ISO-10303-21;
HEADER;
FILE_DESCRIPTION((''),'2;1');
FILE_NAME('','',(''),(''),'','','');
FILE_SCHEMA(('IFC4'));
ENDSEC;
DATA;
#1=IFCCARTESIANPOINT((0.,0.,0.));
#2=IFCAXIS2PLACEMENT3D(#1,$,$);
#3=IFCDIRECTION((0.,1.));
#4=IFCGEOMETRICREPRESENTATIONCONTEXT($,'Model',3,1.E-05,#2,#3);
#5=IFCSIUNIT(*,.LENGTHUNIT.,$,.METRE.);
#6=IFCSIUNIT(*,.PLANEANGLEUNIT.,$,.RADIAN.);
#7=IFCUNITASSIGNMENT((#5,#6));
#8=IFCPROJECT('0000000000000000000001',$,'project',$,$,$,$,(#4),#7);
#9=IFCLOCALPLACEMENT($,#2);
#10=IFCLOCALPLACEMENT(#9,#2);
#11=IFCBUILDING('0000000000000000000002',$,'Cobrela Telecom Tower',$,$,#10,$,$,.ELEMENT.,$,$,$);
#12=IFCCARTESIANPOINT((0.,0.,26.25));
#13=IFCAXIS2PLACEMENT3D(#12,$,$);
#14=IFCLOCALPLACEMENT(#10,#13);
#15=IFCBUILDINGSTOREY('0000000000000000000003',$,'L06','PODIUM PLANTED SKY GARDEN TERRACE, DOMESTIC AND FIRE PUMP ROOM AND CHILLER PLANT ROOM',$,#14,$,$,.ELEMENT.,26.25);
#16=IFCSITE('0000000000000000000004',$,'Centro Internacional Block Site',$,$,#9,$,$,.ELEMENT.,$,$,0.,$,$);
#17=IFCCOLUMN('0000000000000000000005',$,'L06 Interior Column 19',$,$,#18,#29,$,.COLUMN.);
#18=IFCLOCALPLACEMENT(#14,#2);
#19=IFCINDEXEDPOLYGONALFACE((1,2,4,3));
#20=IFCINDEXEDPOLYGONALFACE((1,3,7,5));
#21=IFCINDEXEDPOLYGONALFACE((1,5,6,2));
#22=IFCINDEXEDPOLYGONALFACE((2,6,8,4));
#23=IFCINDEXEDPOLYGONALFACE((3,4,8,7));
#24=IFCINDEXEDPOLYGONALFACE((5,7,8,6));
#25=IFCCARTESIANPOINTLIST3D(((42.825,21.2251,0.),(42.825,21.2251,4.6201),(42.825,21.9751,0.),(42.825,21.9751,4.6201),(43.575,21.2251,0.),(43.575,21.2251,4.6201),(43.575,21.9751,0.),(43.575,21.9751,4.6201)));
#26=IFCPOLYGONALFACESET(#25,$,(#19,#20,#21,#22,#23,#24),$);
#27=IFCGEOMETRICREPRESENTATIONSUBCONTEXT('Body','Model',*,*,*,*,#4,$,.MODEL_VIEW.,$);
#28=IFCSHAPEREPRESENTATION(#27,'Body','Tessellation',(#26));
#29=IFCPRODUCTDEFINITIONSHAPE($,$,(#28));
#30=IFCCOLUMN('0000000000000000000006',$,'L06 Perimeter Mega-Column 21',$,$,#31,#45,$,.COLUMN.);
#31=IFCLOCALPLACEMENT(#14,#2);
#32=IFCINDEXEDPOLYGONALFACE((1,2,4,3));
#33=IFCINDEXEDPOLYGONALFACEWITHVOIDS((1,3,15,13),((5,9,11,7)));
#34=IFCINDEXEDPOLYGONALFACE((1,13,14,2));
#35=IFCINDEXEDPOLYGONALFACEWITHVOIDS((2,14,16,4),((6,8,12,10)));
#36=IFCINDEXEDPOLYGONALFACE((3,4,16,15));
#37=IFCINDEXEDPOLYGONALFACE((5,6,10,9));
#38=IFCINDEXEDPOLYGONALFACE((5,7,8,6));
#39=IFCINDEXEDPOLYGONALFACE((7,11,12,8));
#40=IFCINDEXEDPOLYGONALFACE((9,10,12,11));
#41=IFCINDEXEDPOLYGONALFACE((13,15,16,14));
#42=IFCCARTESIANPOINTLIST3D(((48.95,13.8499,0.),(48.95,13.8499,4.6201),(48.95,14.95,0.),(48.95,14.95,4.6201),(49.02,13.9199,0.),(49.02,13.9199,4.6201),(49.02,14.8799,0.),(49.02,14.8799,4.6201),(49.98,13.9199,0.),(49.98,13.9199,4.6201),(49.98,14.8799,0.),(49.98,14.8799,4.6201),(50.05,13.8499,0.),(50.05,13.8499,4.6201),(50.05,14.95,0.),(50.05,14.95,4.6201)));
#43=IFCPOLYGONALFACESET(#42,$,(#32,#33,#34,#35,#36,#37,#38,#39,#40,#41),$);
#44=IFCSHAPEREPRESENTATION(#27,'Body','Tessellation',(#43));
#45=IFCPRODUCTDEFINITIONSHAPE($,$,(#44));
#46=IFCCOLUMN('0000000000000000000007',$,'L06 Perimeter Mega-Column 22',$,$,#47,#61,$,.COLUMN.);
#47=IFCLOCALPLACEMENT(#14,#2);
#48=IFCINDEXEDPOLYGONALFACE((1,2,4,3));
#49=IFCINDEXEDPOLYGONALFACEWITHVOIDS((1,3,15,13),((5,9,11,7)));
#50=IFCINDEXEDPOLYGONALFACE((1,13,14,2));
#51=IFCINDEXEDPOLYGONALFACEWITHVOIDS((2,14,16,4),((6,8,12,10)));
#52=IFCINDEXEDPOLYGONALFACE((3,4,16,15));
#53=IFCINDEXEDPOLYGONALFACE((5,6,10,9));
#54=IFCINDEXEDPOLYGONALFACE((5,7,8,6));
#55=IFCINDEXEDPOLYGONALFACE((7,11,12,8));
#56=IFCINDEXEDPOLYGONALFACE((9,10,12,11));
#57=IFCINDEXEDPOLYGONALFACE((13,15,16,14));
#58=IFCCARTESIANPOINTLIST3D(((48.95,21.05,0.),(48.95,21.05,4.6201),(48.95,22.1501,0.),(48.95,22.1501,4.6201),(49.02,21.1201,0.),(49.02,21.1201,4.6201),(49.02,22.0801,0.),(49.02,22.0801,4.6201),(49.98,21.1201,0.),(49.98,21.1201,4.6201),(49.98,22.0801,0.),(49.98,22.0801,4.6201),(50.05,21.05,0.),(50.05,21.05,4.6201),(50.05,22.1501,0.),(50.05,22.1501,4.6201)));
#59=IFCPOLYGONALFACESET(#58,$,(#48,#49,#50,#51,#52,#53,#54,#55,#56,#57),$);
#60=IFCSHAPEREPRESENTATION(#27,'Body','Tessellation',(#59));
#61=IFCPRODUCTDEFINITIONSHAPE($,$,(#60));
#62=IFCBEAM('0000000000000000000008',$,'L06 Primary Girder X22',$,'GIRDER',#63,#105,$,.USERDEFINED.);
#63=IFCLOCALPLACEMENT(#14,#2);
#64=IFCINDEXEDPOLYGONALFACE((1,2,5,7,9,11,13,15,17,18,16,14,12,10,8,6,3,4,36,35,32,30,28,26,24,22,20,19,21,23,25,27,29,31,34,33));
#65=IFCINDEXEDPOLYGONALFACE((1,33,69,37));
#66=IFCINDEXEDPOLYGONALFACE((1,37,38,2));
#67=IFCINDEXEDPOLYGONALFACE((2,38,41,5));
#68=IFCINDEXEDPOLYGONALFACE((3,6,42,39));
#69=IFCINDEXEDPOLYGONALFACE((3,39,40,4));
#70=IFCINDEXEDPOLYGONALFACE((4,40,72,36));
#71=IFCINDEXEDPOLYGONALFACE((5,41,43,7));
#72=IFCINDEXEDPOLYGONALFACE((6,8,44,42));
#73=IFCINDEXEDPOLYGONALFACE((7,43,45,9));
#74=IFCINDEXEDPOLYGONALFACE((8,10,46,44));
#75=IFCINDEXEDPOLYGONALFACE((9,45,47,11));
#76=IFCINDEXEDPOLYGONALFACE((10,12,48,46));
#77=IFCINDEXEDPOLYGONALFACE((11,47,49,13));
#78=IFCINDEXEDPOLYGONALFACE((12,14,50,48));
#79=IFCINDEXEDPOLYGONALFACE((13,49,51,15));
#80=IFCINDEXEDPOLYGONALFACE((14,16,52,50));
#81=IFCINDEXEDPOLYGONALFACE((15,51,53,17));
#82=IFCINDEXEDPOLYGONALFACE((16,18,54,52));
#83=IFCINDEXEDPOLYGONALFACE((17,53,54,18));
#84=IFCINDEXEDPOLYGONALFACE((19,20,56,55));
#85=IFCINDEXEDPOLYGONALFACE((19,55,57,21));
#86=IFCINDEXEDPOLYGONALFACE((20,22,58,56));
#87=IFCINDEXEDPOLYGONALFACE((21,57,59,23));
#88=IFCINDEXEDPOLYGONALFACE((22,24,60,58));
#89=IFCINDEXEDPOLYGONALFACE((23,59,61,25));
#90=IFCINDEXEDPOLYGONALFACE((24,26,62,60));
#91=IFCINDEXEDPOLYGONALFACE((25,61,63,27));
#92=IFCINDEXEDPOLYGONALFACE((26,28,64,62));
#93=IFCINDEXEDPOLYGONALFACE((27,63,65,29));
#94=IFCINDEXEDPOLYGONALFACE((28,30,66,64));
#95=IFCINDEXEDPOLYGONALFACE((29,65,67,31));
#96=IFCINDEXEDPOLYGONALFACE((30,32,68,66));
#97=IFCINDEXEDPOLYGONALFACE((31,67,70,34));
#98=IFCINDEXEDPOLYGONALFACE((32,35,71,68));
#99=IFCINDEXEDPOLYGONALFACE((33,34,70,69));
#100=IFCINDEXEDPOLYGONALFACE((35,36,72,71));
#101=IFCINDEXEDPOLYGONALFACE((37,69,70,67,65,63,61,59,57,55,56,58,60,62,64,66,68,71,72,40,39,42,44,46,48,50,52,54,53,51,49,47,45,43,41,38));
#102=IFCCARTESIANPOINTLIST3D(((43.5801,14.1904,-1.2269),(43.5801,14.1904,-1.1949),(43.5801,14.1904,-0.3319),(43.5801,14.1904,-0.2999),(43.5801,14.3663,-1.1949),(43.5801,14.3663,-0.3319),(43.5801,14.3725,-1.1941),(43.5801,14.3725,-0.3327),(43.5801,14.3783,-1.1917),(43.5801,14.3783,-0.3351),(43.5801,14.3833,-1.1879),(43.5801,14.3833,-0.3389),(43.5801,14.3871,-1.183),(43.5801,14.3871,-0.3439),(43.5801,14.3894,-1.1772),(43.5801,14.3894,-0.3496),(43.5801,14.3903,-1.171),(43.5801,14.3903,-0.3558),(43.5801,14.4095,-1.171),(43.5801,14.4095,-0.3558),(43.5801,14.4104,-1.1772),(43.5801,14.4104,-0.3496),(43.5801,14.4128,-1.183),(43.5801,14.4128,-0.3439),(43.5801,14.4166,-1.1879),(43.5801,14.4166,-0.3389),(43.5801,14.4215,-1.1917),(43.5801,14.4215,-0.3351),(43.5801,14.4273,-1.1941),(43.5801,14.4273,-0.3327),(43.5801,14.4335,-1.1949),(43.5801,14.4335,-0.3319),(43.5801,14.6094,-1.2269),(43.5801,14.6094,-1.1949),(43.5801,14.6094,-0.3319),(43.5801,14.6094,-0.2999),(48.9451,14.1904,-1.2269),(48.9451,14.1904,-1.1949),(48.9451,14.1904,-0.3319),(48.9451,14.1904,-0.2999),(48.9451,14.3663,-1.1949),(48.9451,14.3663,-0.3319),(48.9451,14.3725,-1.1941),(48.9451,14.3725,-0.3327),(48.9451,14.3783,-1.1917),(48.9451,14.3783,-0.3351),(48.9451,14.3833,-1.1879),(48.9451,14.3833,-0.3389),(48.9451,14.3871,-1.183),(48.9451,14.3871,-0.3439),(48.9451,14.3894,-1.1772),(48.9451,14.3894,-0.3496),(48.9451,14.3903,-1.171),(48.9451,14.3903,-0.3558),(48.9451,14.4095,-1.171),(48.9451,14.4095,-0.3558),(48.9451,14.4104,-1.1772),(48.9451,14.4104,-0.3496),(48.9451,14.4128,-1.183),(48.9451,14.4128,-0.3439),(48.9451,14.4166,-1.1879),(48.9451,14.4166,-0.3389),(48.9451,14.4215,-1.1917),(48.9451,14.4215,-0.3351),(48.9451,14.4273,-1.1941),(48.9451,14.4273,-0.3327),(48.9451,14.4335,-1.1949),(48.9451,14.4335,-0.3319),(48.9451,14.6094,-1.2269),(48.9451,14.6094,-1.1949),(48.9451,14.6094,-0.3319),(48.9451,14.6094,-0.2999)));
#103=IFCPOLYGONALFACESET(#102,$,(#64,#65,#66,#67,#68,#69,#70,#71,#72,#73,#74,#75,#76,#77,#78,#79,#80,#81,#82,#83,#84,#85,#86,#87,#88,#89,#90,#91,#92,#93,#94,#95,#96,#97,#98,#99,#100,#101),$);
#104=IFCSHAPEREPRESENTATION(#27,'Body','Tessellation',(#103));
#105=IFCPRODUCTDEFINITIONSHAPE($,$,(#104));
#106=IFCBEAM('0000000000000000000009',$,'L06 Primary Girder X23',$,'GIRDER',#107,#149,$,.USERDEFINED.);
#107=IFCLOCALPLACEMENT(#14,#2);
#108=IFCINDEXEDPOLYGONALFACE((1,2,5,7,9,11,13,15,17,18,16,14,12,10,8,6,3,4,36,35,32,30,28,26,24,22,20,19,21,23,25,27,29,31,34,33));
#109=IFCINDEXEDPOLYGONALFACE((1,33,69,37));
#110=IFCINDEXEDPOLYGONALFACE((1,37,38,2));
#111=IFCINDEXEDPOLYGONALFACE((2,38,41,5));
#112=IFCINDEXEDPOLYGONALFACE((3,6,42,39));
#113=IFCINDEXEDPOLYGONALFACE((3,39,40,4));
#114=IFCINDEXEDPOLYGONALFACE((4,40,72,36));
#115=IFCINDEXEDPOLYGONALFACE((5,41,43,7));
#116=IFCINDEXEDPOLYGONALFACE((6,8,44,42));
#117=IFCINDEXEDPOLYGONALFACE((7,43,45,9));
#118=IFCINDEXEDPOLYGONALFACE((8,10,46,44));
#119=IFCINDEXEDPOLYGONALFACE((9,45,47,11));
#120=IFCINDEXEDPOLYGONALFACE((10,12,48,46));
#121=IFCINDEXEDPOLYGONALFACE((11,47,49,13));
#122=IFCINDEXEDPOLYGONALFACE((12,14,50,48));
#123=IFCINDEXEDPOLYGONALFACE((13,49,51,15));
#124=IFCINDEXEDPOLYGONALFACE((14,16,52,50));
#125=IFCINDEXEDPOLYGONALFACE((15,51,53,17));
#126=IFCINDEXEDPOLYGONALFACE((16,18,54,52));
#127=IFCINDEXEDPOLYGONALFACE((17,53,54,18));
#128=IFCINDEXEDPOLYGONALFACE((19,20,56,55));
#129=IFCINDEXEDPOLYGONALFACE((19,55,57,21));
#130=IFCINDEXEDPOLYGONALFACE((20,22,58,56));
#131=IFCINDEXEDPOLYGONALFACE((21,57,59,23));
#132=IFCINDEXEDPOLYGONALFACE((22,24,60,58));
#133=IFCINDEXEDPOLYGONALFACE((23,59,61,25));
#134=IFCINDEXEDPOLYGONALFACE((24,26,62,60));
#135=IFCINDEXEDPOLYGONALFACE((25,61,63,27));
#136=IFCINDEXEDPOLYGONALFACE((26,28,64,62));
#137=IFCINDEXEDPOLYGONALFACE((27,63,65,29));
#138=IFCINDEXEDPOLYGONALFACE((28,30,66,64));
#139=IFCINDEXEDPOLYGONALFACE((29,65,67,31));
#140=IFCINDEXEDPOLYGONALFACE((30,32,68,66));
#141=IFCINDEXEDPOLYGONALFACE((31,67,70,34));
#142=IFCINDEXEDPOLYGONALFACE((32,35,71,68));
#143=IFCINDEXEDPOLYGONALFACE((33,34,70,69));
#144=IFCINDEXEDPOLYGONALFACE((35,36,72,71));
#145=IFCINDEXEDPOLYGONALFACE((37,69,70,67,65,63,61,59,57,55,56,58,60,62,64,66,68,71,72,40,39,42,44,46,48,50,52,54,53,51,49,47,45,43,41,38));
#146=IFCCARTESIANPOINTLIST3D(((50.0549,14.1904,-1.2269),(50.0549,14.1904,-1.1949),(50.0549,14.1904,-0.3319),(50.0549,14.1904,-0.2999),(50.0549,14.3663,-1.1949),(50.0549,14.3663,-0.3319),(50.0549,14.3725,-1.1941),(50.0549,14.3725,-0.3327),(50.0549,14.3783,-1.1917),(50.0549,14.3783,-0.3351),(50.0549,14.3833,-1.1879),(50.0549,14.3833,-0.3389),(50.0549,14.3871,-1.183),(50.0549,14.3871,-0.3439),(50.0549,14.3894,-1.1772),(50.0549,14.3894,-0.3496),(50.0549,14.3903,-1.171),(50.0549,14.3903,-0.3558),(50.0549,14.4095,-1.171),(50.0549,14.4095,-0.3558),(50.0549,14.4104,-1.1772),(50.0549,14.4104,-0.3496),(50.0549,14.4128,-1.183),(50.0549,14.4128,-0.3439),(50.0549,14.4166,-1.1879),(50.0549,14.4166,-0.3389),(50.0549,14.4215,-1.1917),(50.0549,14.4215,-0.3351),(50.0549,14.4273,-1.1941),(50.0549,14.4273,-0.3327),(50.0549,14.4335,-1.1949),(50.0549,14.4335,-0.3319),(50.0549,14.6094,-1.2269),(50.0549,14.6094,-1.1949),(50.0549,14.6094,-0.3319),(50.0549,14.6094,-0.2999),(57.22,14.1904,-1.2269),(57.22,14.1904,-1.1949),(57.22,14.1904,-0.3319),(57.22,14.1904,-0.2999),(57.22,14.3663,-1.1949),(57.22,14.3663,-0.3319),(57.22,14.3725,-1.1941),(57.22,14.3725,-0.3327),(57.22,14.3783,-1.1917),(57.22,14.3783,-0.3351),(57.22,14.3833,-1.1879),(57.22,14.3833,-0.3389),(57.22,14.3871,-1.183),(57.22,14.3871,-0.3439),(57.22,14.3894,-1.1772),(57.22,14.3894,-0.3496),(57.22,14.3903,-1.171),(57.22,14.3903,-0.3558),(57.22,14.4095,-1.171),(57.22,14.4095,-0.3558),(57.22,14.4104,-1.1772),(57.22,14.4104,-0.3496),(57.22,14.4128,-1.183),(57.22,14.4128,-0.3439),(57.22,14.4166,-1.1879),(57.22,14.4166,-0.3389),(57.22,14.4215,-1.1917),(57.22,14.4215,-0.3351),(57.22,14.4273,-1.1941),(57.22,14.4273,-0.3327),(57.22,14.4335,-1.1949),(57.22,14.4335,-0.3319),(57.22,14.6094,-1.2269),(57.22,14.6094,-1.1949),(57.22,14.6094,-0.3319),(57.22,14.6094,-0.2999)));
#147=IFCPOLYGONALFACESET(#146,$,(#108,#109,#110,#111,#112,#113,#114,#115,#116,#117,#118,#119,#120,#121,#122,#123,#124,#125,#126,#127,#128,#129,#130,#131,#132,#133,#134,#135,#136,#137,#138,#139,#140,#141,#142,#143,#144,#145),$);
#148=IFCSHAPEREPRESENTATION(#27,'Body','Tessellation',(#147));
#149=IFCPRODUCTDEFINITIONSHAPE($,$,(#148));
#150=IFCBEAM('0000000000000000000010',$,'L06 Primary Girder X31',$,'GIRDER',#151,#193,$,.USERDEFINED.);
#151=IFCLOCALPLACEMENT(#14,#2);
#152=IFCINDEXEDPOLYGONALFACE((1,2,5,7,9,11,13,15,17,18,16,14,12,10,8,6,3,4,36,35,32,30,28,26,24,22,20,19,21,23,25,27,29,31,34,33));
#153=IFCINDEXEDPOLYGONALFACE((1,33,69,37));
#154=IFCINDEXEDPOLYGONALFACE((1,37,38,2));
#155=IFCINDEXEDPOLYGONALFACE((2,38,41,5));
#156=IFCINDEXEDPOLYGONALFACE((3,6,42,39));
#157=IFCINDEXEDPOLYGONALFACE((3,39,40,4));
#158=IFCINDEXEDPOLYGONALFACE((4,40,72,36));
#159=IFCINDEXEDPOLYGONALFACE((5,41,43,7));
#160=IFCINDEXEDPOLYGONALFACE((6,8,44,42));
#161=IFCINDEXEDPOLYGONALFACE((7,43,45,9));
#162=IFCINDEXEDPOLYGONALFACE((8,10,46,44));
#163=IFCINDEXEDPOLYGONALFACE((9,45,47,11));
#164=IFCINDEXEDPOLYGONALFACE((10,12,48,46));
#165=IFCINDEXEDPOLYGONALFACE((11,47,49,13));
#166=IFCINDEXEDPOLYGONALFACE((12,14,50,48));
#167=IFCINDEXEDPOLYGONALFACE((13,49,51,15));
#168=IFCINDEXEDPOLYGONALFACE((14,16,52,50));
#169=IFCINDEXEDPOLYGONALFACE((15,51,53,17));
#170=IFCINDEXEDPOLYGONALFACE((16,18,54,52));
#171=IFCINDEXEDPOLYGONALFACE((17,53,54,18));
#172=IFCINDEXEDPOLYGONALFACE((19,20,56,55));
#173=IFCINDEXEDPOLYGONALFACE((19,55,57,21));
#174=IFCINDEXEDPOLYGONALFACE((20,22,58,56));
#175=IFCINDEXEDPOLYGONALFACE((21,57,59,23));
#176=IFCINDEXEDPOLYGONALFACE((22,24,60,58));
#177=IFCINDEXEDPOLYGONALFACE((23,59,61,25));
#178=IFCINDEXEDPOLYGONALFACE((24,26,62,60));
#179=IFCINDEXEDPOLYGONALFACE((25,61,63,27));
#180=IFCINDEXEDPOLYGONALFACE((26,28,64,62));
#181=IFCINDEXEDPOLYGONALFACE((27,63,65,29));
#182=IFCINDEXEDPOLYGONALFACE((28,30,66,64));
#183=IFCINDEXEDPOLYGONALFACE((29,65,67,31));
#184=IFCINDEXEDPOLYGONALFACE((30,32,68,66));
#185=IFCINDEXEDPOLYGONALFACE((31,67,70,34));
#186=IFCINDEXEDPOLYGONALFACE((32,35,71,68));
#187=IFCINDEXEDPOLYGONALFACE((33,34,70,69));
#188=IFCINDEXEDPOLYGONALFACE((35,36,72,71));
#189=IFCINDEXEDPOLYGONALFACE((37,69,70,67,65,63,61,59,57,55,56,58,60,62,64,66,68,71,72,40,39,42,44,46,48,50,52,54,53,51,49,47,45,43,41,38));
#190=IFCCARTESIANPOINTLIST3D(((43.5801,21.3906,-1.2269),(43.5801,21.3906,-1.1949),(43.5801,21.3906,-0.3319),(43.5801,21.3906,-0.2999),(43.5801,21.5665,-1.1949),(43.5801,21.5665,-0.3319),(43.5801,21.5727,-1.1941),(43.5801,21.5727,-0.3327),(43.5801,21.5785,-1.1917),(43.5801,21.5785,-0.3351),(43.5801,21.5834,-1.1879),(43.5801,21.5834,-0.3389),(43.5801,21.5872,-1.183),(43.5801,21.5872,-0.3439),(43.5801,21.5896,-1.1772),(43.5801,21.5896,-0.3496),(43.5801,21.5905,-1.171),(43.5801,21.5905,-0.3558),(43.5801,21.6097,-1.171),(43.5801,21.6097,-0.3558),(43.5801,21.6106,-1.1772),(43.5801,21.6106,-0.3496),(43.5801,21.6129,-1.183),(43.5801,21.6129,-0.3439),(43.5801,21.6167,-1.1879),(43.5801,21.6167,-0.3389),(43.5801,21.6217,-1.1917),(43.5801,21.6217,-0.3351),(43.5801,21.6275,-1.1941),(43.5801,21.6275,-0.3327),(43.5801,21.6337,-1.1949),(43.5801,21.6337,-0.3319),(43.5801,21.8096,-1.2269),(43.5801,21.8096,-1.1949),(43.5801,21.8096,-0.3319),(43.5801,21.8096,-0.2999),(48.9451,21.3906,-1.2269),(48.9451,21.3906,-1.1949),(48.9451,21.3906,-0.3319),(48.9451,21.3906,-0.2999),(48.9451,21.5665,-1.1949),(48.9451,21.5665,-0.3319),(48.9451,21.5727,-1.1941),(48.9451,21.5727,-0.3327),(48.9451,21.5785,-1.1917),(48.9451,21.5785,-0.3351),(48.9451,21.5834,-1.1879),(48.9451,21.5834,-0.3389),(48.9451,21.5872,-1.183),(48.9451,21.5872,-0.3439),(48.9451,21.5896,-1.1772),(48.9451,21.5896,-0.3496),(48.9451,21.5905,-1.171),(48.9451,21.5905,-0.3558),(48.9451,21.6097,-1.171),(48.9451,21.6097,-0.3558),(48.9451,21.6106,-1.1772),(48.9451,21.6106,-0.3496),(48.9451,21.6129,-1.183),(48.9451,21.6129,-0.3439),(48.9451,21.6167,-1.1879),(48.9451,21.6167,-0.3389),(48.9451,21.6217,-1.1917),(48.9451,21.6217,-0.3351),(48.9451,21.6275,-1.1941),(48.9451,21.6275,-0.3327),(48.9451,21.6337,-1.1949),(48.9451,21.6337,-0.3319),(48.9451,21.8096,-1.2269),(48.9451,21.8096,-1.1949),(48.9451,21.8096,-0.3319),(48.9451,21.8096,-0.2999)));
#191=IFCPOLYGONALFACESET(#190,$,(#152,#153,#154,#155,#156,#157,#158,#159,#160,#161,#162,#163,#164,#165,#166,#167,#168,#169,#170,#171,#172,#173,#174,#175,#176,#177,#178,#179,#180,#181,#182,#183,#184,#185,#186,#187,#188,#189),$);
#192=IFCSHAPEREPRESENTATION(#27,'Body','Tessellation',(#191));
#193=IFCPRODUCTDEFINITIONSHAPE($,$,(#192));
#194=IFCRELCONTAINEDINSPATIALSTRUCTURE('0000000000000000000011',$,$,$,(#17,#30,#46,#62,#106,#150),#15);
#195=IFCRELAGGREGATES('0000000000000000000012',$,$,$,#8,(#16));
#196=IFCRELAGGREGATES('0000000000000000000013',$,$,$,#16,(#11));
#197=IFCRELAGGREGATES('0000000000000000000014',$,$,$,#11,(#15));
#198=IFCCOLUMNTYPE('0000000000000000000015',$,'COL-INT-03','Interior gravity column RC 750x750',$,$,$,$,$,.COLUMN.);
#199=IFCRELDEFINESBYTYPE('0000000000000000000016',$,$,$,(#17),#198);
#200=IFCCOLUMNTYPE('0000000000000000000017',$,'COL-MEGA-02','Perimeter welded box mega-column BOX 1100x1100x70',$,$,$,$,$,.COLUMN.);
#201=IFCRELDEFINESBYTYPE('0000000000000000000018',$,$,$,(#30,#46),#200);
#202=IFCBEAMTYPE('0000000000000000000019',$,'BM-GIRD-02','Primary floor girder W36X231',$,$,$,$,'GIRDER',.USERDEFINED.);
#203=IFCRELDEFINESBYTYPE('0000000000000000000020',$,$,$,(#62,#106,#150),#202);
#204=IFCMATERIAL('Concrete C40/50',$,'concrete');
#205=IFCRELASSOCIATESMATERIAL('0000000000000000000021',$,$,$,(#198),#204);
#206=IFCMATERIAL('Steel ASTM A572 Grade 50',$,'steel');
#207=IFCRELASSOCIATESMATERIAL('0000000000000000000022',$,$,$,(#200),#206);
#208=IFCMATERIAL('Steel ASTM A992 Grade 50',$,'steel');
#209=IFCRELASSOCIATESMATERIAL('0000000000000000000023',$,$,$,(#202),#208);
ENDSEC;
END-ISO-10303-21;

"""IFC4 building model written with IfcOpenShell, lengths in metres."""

from ifc_helpers import new_model, si_unit, direction, frame, origin, origin_2d, place, context, subcontext, project, spatial, rectangle, hollow_rectangle, i_section, extrude, material, material_profile, profile_set, type_object, element, save


model = new_model("IFC4")

# Units and contexts
model_context = context("Model", 3, precision=1e-05, world=origin(), true_north=direction((0.0, 1.0)))
body_context = subcontext(model_context, "Body", "Model", "MODEL_VIEW")
ifc_project = project(units=[si_unit("LENGTHUNIT", "METRE"), si_unit("PLANEANGLEUNIT", "RADIAN")], contexts=[model_context])

# Site, building, storey
site_placement = place(None, origin())
site = spatial("IfcSite", under=ifc_project, at=site_placement, Name="Centro Internacional Block Site", CompositionType="ELEMENT", RefElevation=0.0)
building_placement = place(site_placement, origin())
building = spatial("IfcBuilding", under=site, at=building_placement, Name="Cobrela Telecom Tower", CompositionType="ELEMENT")
storey_placement = place(building_placement, frame((0.0, 0.0, 26.25)))
storey = spatial("IfcBuildingStorey", under=building, at=storey_placement, Name="L06", Description="PODIUM PLANTED SKY GARDEN TERRACE, DOMESTIC AND FIRE PUMP ROOM AND CHILLER PLANT ROOM", CompositionType="ELEMENT", Elevation=26.25)

# Columns
ifc_material_1 = material(Name="Concrete C40/50", Category="concrete")
ifc_material_profile_1 = material_profile(ifc_material_1, rectangle(XDim=0.75, YDim=0.75, at=origin_2d()), Name="RC 750x750")
ifc_profile_set_1 = profile_set([ifc_material_profile_1], Name="Concrete C40/50")
column_type_1 = type_object("IfcColumnType", Name="COL-INT-03", Description="Interior gravity column RC 750x750", PredefinedType="COLUMN", material=ifc_profile_set_1)
column_placement = place(storey_placement, frame((43.2, 21.6001, 0.0), z_axis=(0.0, 0.0, 1.0), x_axis=(1.0, 0.0, 0.0)))
element("IfcColumn", 1, at=column_placement, inside=storey, type_object=column_type_1, Name="L06 Interior Column 19", PredefinedType="COLUMN", context=body_context, shape_type="SweptSolid", body=[
    extrude(rectangle(XDim=0.75, YDim=0.75, at=origin_2d()), origin(), (0.0, 0.0, 1.0), 4.6201),
])
ifc_material_2 = material(Name="Steel ASTM A572 Grade 50", Category="steel")
ifc_material_profile_2 = material_profile(ifc_material_2, hollow_rectangle(XDim=1.1001, YDim=1.1001, WallThickness=0.0701, at=origin_2d()), Name="BOX 1100x1100x70")
ifc_profile_set_2 = profile_set([ifc_material_profile_2], Name="Steel ASTM A572 Grade 50")
column_type_2 = type_object("IfcColumnType", Name="COL-MEGA-02", Description="Perimeter welded box mega-column BOX 1100x1100x70", PredefinedType="COLUMN", material=ifc_profile_set_2)
for number, where, z_axis, x_axis, name in (
    (2, (49.5, 14.3999, 0.0), (0.0, 0.0, 1.0), (1.0, 0.0, 0.0), "L06 Perimeter Mega-Column 21"),
    (3, (49.5, 21.6001, 0.0), (0.0, 0.0, 1.0), (1.0, 0.0, 0.0), "L06 Perimeter Mega-Column 22"),
):
    element("IfcColumn", number, at=place(storey_placement, frame(where, z_axis=z_axis, x_axis=x_axis)), inside=storey, type_object=column_type_2, Name=name, PredefinedType="COLUMN", context=body_context, shape_type="SweptSolid", body=[
        extrude(hollow_rectangle(XDim=1.1001, YDim=1.1001, WallThickness=0.0701, at=origin_2d()), origin(), (0.0, 0.0, 1.0), 4.6201),
    ])

# Beams
ifc_material_3 = material(Name="Steel ASTM A992 Grade 50", Category="steel")
ifc_material_profile_3 = material_profile(ifc_material_3, i_section(OverallWidth=0.4189, OverallDepth=0.927, WebThickness=0.0193, FlangeThickness=0.032, FilletRadius=0.0239, at=origin_2d()), Name="W36X231")
ifc_profile_set_3 = profile_set([ifc_material_profile_3], Name="Steel ASTM A992 Grade 50")
beam_type_1 = type_object("IfcBeamType", Name="BM-GIRD-02", Description="Primary floor girder W36X231", ElementType="GIRDER", PredefinedType="USERDEFINED", material=ifc_profile_set_3)
beam_1_placement = place(storey_placement, frame((43.5801, 14.3999, -0.7634), z_axis=(1.0, 0.0, 0.0), x_axis=(0.0, 1.0, 0.0)))
element("IfcBeam", 4, at=beam_1_placement, inside=storey, type_object=beam_type_1, Name="L06 Primary Girder X22", ObjectType="GIRDER", PredefinedType="USERDEFINED", context=body_context, shape_type="SweptSolid", body=[
    extrude(i_section(OverallWidth=0.4189, OverallDepth=0.927, WebThickness=0.0193, FlangeThickness=0.032, FilletRadius=0.0239, at=origin_2d()), origin(), (0.0, 0.0, 1.0), 5.365),
])
beam_2_placement = place(storey_placement, frame((50.0549, 14.3999, -0.7634), z_axis=(1.0, 0.0, 0.0), x_axis=(0.0, 1.0, 0.0)))
element("IfcBeam", 5, at=beam_2_placement, inside=storey, type_object=beam_type_1, Name="L06 Primary Girder X23", ObjectType="GIRDER", PredefinedType="USERDEFINED", context=body_context, shape_type="SweptSolid", body=[
    extrude(i_section(OverallWidth=0.4189, OverallDepth=0.927, WebThickness=0.0193, FlangeThickness=0.032, FilletRadius=0.0239, at=origin_2d()), origin(), (0.0, 0.0, 1.0), 7.165),
])
beam_3_placement = place(storey_placement, frame((43.5801, 21.6001, -0.7634), z_axis=(1.0, 0.0, 0.0), x_axis=(0.0, 1.0, 0.0)))
element("IfcBeam", 6, at=beam_3_placement, inside=storey, type_object=beam_type_1, Name="L06 Primary Girder X31", ObjectType="GIRDER", PredefinedType="USERDEFINED", context=body_context, shape_type="SweptSolid", body=[
    extrude(i_section(OverallWidth=0.4189, OverallDepth=0.927, WebThickness=0.0193, FlangeThickness=0.032, FilletRadius=0.0239, at=origin_2d()), origin(), (0.0, 0.0, 1.0), 5.365),
])

save(model, "model.ifc")
